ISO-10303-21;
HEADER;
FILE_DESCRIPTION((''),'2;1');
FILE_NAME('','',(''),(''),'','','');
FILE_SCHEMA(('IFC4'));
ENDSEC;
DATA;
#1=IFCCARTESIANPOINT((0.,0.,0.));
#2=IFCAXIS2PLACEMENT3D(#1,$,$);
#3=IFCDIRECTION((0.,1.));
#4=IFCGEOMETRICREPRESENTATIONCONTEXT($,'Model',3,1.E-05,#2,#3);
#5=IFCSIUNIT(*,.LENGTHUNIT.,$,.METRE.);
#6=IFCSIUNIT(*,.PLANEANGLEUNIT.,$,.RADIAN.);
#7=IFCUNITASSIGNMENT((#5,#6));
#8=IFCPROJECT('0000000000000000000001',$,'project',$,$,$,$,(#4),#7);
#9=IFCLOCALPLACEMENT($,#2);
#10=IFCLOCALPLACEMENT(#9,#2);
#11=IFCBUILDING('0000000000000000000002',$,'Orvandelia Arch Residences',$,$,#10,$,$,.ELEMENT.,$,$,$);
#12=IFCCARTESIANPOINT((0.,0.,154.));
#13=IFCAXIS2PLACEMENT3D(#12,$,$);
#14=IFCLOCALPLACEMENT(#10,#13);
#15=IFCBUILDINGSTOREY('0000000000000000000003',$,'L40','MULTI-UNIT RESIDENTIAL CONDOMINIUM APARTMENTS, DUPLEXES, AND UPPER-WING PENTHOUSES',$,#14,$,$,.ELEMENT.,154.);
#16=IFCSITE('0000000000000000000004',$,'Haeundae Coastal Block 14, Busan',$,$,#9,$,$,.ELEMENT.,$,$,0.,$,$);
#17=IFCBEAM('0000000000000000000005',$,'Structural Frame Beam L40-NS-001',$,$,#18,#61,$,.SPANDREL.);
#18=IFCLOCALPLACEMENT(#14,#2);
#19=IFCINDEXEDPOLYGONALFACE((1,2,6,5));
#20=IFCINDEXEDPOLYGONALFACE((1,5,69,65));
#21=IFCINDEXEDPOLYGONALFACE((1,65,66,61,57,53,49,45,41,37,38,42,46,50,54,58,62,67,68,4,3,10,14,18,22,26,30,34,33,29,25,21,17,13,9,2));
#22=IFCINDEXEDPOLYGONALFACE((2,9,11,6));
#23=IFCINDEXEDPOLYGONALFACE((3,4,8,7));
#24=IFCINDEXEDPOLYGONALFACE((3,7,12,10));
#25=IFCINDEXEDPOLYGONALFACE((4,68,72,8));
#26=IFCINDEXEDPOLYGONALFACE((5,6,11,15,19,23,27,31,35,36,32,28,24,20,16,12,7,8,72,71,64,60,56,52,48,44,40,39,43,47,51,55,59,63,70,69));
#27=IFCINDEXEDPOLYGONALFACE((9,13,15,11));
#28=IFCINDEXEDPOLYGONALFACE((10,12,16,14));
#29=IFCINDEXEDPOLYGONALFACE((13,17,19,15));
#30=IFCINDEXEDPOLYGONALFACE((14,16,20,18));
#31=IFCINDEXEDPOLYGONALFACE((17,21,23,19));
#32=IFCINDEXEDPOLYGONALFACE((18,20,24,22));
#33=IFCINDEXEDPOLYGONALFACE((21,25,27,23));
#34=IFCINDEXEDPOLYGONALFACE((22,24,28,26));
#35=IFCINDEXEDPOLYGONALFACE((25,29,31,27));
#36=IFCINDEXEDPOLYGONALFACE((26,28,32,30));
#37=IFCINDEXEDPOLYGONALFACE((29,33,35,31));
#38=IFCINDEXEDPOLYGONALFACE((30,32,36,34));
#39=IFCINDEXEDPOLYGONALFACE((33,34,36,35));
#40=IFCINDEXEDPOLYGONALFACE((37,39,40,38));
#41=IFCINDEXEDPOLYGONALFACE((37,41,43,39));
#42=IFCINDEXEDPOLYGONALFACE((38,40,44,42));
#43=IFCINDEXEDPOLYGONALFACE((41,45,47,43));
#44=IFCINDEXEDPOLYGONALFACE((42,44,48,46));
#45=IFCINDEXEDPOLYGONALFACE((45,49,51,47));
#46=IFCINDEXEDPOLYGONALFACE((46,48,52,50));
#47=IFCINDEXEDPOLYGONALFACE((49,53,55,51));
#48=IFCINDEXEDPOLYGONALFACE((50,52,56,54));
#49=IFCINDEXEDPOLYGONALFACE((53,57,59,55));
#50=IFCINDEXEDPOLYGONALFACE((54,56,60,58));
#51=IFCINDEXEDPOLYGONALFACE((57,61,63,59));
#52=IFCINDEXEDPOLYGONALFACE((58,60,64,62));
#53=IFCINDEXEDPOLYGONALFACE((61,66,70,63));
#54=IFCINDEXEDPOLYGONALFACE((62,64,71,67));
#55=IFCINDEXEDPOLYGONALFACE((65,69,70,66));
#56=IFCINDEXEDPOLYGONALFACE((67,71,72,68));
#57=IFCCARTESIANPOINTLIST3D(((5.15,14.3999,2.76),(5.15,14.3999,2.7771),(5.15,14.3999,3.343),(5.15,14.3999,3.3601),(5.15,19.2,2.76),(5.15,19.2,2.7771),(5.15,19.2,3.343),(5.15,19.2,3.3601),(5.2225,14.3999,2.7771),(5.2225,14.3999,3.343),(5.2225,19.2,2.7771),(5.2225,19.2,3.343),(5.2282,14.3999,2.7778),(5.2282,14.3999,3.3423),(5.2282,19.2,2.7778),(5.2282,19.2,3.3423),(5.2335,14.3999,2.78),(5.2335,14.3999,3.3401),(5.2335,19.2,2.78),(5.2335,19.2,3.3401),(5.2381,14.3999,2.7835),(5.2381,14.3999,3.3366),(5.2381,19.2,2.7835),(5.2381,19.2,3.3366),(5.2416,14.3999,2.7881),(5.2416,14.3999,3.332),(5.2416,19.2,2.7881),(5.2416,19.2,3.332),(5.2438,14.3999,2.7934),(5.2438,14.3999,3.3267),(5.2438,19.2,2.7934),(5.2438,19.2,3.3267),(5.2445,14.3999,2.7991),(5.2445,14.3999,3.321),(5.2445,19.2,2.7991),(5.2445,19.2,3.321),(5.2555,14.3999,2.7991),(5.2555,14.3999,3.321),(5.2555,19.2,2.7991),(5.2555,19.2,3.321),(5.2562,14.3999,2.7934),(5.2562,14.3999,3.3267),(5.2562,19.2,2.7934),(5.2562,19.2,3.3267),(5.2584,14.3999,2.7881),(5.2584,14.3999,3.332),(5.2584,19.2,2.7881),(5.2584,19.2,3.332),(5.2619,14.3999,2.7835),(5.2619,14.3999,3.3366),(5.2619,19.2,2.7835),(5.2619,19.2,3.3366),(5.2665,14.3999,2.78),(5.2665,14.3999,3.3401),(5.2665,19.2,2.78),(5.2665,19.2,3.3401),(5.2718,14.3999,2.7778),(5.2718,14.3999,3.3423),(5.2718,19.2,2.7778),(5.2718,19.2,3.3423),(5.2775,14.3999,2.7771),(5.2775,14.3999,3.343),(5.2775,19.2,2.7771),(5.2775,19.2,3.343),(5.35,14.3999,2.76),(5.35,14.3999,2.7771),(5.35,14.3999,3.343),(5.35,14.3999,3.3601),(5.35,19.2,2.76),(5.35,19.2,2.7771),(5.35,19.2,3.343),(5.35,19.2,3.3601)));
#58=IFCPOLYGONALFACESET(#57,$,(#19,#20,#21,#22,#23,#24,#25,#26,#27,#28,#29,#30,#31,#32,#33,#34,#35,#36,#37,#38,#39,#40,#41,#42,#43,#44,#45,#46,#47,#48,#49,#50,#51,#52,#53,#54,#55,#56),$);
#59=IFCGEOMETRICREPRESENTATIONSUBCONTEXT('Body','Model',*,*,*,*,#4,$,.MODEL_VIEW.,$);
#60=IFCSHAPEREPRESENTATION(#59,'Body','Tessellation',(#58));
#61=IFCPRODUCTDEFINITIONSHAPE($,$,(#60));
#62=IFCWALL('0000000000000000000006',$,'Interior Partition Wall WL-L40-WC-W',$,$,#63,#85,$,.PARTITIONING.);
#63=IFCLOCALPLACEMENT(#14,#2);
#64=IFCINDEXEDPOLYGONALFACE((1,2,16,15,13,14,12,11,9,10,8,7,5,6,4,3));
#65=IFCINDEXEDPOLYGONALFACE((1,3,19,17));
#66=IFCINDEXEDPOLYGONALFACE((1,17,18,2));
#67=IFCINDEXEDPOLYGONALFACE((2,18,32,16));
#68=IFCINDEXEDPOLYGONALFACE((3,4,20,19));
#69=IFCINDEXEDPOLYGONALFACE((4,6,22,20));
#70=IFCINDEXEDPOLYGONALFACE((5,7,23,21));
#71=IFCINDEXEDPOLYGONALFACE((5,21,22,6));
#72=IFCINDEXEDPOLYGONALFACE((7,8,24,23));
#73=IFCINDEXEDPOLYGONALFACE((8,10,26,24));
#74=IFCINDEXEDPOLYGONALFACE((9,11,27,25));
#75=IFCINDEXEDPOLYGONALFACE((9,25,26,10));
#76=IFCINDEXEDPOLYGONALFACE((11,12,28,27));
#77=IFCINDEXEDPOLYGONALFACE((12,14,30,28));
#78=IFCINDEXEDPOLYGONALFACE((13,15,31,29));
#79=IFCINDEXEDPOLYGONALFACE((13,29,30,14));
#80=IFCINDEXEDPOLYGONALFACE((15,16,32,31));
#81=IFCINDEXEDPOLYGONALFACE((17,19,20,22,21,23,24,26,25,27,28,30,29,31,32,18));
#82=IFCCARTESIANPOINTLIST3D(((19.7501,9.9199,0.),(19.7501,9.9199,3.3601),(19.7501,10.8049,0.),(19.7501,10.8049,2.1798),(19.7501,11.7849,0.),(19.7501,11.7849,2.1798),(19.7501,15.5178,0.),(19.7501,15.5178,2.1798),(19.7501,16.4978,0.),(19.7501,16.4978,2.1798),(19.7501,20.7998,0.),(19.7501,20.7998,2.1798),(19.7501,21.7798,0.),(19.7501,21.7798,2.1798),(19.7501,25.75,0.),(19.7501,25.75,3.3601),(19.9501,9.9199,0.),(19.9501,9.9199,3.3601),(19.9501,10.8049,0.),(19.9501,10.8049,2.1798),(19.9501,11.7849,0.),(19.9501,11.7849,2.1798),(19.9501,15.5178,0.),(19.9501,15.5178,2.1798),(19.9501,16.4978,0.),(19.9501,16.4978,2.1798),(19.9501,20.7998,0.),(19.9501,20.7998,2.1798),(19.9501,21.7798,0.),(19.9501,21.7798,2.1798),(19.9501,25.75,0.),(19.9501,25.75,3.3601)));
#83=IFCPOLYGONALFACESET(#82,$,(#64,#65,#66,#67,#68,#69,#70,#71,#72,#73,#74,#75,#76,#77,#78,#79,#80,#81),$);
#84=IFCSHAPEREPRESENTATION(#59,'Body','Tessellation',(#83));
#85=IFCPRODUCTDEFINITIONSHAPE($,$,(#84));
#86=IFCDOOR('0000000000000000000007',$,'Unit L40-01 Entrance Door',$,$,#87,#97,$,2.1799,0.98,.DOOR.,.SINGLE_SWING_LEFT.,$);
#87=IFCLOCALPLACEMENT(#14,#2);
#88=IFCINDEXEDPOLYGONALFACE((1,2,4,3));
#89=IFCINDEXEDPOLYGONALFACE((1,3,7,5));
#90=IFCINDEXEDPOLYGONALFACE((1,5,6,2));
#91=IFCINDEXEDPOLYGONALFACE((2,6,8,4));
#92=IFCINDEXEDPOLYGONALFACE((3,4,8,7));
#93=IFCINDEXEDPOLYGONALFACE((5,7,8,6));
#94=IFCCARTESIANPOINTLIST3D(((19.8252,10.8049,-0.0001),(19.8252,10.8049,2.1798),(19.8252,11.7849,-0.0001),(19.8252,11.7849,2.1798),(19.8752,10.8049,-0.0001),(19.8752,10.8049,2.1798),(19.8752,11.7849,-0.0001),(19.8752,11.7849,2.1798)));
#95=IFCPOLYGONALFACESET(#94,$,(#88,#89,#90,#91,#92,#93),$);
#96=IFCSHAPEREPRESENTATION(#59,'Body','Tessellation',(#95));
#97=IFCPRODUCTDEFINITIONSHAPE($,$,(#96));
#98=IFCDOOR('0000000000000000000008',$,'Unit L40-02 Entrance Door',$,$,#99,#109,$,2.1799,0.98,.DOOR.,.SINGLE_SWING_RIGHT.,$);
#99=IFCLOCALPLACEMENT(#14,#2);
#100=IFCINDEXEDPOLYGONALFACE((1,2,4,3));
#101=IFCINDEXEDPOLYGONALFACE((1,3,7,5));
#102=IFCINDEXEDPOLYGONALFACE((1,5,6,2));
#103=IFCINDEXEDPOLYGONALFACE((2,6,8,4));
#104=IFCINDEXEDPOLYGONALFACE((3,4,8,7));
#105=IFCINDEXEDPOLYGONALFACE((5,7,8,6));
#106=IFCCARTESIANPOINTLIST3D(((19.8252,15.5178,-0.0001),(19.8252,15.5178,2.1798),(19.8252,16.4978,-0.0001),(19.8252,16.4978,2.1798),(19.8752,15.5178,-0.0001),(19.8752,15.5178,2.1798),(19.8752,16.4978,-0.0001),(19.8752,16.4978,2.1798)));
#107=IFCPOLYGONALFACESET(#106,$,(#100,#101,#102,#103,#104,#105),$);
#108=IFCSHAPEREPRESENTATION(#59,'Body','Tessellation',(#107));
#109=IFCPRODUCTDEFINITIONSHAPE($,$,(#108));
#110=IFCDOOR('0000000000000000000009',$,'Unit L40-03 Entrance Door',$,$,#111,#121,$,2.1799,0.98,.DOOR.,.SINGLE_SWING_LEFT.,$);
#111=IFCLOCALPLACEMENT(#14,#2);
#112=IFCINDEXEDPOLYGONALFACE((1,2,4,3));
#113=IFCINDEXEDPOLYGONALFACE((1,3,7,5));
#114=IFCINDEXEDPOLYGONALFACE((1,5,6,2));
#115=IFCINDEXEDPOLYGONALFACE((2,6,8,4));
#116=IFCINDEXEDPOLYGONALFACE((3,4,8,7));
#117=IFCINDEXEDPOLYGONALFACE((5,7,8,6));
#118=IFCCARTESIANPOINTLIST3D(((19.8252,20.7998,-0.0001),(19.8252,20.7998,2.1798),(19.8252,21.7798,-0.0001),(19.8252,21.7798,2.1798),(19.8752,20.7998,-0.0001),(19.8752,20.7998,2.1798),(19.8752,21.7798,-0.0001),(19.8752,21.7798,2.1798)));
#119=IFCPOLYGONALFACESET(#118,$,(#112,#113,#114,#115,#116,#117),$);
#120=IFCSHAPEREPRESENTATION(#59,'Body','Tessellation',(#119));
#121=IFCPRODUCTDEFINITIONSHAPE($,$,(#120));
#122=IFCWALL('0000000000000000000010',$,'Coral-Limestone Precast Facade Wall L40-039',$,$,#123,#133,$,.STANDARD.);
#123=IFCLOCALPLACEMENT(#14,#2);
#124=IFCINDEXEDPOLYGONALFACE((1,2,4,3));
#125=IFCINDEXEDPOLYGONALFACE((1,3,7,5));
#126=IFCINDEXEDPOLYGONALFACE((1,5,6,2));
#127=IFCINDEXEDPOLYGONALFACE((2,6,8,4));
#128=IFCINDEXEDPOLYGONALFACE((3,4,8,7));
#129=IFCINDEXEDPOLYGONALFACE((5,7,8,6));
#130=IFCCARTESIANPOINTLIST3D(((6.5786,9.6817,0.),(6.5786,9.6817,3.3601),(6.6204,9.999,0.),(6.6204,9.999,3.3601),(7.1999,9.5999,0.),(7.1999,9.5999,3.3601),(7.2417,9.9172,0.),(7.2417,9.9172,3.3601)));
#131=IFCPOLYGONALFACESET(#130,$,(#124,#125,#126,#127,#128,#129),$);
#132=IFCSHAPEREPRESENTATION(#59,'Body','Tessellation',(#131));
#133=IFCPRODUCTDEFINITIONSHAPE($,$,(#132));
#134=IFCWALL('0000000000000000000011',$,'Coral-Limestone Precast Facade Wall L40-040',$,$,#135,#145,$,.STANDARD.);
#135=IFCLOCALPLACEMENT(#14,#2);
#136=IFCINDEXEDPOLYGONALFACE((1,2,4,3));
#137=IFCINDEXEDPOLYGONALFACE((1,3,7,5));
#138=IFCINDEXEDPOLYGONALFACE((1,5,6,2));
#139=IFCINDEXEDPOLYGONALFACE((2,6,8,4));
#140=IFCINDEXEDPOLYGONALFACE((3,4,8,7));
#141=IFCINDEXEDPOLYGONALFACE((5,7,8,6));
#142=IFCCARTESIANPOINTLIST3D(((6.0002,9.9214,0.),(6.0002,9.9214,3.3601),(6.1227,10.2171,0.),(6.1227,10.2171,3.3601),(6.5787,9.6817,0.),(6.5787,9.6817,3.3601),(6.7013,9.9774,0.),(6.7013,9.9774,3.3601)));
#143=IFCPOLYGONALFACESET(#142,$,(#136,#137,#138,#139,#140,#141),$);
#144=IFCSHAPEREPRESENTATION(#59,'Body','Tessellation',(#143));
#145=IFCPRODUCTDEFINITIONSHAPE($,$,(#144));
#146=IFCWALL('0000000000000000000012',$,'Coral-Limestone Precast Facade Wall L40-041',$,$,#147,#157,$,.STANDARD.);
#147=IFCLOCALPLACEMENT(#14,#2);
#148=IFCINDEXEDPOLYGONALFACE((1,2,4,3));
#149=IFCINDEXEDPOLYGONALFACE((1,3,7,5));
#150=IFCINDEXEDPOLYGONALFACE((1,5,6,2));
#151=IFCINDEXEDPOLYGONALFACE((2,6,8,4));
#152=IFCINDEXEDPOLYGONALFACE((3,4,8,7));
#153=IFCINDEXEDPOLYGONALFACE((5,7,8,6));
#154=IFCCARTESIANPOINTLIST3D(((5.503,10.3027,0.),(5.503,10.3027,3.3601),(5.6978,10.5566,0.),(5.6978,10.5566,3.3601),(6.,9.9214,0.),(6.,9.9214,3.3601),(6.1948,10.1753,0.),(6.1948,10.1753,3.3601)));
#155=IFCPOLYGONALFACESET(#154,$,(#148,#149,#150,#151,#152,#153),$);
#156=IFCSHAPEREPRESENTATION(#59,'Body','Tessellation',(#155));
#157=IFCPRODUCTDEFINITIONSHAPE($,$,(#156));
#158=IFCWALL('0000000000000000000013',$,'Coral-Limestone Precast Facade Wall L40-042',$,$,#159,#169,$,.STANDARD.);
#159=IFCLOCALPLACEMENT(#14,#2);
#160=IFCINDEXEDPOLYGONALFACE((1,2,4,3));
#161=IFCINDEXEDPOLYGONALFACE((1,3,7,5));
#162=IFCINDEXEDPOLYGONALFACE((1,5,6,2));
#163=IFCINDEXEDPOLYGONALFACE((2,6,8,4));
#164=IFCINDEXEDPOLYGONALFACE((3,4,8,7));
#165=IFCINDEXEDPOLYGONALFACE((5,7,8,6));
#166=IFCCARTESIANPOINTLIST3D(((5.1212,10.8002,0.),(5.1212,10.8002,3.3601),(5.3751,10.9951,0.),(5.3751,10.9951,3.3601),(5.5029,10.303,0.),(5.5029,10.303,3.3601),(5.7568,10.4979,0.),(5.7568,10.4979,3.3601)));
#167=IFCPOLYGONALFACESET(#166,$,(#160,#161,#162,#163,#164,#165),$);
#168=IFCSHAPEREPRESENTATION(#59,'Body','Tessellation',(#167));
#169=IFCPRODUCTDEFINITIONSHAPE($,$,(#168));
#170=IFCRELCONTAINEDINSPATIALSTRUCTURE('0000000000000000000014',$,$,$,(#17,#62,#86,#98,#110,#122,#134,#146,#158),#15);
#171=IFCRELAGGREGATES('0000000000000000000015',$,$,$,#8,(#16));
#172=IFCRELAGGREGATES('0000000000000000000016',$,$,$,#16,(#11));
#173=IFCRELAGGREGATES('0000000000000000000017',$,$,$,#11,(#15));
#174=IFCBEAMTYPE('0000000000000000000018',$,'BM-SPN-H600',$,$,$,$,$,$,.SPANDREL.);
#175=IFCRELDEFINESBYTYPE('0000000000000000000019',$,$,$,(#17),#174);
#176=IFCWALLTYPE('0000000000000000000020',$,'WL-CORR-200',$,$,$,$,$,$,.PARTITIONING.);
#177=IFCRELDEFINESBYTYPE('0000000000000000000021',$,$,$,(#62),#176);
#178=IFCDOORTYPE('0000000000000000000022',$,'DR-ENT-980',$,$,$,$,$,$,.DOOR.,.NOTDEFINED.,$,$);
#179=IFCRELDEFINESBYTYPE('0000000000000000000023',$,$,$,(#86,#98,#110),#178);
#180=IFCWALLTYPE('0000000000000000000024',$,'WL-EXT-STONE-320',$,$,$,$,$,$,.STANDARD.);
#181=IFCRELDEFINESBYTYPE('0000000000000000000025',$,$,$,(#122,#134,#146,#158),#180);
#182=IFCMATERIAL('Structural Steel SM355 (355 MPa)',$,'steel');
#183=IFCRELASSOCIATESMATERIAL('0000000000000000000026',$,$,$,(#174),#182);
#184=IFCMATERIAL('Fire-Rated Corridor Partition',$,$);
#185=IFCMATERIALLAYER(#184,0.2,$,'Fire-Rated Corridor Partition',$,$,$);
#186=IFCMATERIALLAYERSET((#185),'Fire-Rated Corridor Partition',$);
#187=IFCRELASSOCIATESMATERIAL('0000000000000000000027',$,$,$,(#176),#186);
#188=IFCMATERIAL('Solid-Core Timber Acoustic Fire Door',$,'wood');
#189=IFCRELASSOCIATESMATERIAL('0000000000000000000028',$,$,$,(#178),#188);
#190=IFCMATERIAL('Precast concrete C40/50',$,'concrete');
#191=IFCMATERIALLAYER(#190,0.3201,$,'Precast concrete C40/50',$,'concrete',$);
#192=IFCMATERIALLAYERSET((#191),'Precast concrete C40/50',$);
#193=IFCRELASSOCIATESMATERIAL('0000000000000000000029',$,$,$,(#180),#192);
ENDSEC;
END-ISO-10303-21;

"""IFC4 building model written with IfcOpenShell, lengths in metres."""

from ifc_helpers import new_model, si_unit, direction, frame, frame_2d, origin, origin_2d, place, context, subcontext, project, spatial, rectangle, i_section, extrude, material, layer, layer_set, material_profile, profile_set, type_object, element, fill, save


model = new_model("IFC4")

# Units and contexts
model_context = context("Model", 3, precision=1e-05, world=origin(), true_north=direction((0.0, 1.0)))
body_context = subcontext(model_context, "Body", "Model", "MODEL_VIEW")
ifc_project = project(units=[si_unit("LENGTHUNIT", "METRE"), si_unit("PLANEANGLEUNIT", "RADIAN")], contexts=[model_context])

# Site, building, storey
site_placement = place(None, origin())
site = spatial("IfcSite", under=ifc_project, at=site_placement, Name="Haeundae Coastal Block 14, Busan", CompositionType="ELEMENT", RefElevation=0.0)
building_placement = place(site_placement, origin())
building = spatial("IfcBuilding", under=site, at=building_placement, Name="Orvandelia Arch Residences", CompositionType="ELEMENT")
storey_placement = place(building_placement, frame((0.0, 0.0, 154.0)))
storey = spatial("IfcBuildingStorey", under=building, at=storey_placement, Name="L40", Description="MULTI-UNIT RESIDENTIAL CONDOMINIUM APARTMENTS, DUPLEXES, AND UPPER-WING PENTHOUSES", CompositionType="ELEMENT", Elevation=154.0)

# Beam
ifc_material_1 = material(Name="Structural Steel SM355 (355 MPa)", Category="steel")
ifc_material_profile_1 = material_profile(ifc_material_1, i_section(OverallWidth=0.2, OverallDepth=0.6001, WebThickness=0.011, FlangeThickness=0.0171, FilletRadius=0.022, at=origin_2d()), Name="Structural Steel SM355 (355 MPa)", Category="steel")
ifc_profile_set_1 = profile_set([ifc_material_profile_1], Name="Structural Steel SM355 (355 MPa)")
beam_type_1 = type_object("IfcBeamType", Name="BM-SPN-H600", PredefinedType="SPANDREL", material=ifc_profile_set_1)
beam_1_placement = place(storey_placement, frame((5.25, 14.3999, 3.0601), z_axis=(0.0, 1.0, 0.0), x_axis=(-1.0, 0.0, 0.0)))
element("IfcBeam", 1, at=beam_1_placement, inside=storey, type_object=beam_type_1, Name="Structural Frame Beam L40-NS-001", PredefinedType="SPANDREL", context=body_context, shape_type="SweptSolid", body=[
    extrude(i_section(OverallWidth=0.2, OverallDepth=0.6001, WebThickness=0.011, FlangeThickness=0.0171, FilletRadius=0.022, at=origin_2d()), origin(), (0.0, 0.0, 1.0), 4.8),
])

# Wall, openings, doors
ifc_material_2 = material(Name="Fire-Rated Corridor Partition")
ifc_layer_1 = layer(ifc_material_2, 0.2, Name="Fire-Rated Corridor Partition")
ifc_layer_set_1 = layer_set([ifc_layer_1], Name="Fire-Rated Corridor Partition")
wall_type_1 = type_object("IfcWallType", Name="WL-CORR-200", PredefinedType="PARTITIONING", material=ifc_layer_set_1)
wall_1_placement = place(storey_placement, frame((19.8501, 9.9199, 0.0), z_axis=(0.0, 0.0, 1.0), x_axis=(0.0, 1.0, 0.0)))
wall_1 = element("IfcWall", 2, at=wall_1_placement, inside=storey, type_object=wall_type_1, Name="Interior Partition Wall WL-L40-WC-W", PredefinedType="PARTITIONING", context=body_context, shape_type="SweptSolid", body=[
    extrude(rectangle(XDim=15.8301, YDim=0.2, at=frame_2d((7.915, 0.0))), origin(), (0.0, 0.0, 1.0), 3.3601),
])
opening_1_placement = place(wall_1_placement, frame((0.885, 0.0, 0.0)))
opening_1 = element("IfcOpeningElement", 3, at=opening_1_placement, cuts=wall_1, PredefinedType="OPENING", context=body_context, shape_type="SweptSolid", body=[
    extrude(rectangle(XDim=0.98, YDim=2.1799, at=frame_2d((0.49, 1.0898))), frame((0.0, 0.1099, 0.0), z_axis=(0.0, -1.0, 0.0), x_axis=(1.0, 0.0, 0.0)), (0.0, 0.0, 1.0), 0.22),
])
opening_2_placement = place(wall_1_placement, frame((5.5979, 0.0, 0.0)))
opening_2 = element("IfcOpeningElement", 4, at=opening_2_placement, cuts=wall_1, PredefinedType="OPENING", context=body_context, shape_type="SweptSolid", body=[
    extrude(rectangle(XDim=0.98, YDim=2.1799, at=frame_2d((0.49, 1.0898))), frame((0.0, 0.1099, 0.0), z_axis=(0.0, -1.0, 0.0), x_axis=(1.0, 0.0, 0.0)), (0.0, 0.0, 1.0), 0.22),
])
opening_3_placement = place(wall_1_placement, frame((10.8799, 0.0, 0.0)))
opening_3 = element("IfcOpeningElement", 5, at=opening_3_placement, cuts=wall_1, PredefinedType="OPENING", context=body_context, shape_type="SweptSolid", body=[
    extrude(rectangle(XDim=0.98, YDim=2.1799, at=frame_2d((0.49, 1.0898))), frame((0.0, 0.1099, 0.0), z_axis=(0.0, -1.0, 0.0), x_axis=(1.0, 0.0, 0.0)), (0.0, 0.0, 1.0), 0.22),
])
ifc_material_3 = material(Name="Solid-Core Timber Acoustic Fire Door", Category="wood")
door_type = type_object("IfcDoorType", Name="DR-ENT-980", OperationType="NOTDEFINED", PredefinedType="DOOR", material=ifc_material_3)
door_1_placement = place(opening_1_placement, origin())
door_1 = element("IfcDoor", 6, at=door_1_placement, inside=storey, type_object=door_type, Name="Unit L40-01 Entrance Door", OperationType="SINGLE_SWING_LEFT", OverallHeight=2.1799, OverallWidth=0.98, PredefinedType="DOOR", context=body_context, shape_type="SweptSolid", body=[
    extrude(rectangle(XDim=0.98, YDim=2.1799, at=frame_2d((0.49, 1.0898))), frame((0.0, 0.0249, 0.0), z_axis=(0.0, -1.0, 0.0), x_axis=(1.0, 0.0, 0.0)), (0.0, 0.0, 1.0), 0.05),
])
fill(opening_1, door_1)
door_2_placement = place(opening_2_placement, origin())
door_2 = element("IfcDoor", 7, at=door_2_placement, inside=storey, type_object=door_type, Name="Unit L40-02 Entrance Door", OperationType="SINGLE_SWING_RIGHT", OverallHeight=2.1799, OverallWidth=0.98, PredefinedType="DOOR", context=body_context, shape_type="SweptSolid", body=[
    extrude(rectangle(XDim=0.98, YDim=2.1799, at=frame_2d((0.49, 1.0898))), frame((0.0, 0.0249, 0.0), z_axis=(0.0, -1.0, 0.0), x_axis=(1.0, 0.0, 0.0)), (0.0, 0.0, 1.0), 0.05),
])
fill(opening_2, door_2)
door_3_placement = place(opening_3_placement, origin())
door_3 = element("IfcDoor", 8, at=door_3_placement, inside=storey, type_object=door_type, Name="Unit L40-03 Entrance Door", OperationType="SINGLE_SWING_LEFT", OverallHeight=2.1799, OverallWidth=0.98, PredefinedType="DOOR", context=body_context, shape_type="SweptSolid", body=[
    extrude(rectangle(XDim=0.98, YDim=2.1799, at=frame_2d((0.49, 1.0898))), frame((0.0, 0.0249, 0.0), z_axis=(0.0, -1.0, 0.0), x_axis=(1.0, 0.0, 0.0)), (0.0, 0.0, 1.0), 0.05),
])
fill(opening_3, door_3)

# Walls
ifc_material_4 = material(Name="Precast concrete C40/50", Category="concrete")
ifc_layer_2 = layer(ifc_material_4, 0.3201, Name="Precast concrete C40/50", Category="concrete")
ifc_layer_set_2 = layer_set([ifc_layer_2], Name="Precast concrete C40/50")
wall_type_2 = type_object("IfcWallType", Name="WL-EXT-STONE-320", PredefinedType="STANDARD", material=ifc_layer_set_2)
wall_2_placement = place(storey_placement, frame((7.2209, 9.7585, 0.0), z_axis=(0.0, 0.0, 1.0), x_axis=(-0.991448, 0.130505, 0.0)))
element("IfcWall", 9, at=wall_2_placement, inside=storey, type_object=wall_type_2, Name="Coral-Limestone Precast Facade Wall L40-039", PredefinedType="STANDARD", context=body_context, shape_type="SweptSolid", body=[
    extrude(rectangle(XDim=0.6267, YDim=0.3201, at=frame_2d((0.3135, 0.0))), origin(), (0.0, 0.0, 1.0), 3.3601),
])
wall_3_placement = place(storey_placement, frame((6.6399, 9.8296, 0.0), z_axis=(0.0, 0.0, 1.0), x_axis=(-0.923836, 0.382788, 0.0)))
element("IfcWall", 10, at=wall_3_placement, inside=storey, type_object=wall_type_2, Name="Coral-Limestone Precast Facade Wall L40-040", PredefinedType="STANDARD", context=body_context, shape_type="SweptSolid", body=[
    extrude(rectangle(XDim=0.6262, YDim=0.3201, at=frame_2d((0.313, 0.0))), origin(), (0.0, 0.0, 1.0), 3.3601),
])
wall_4_placement = place(storey_placement, frame((6.0974, 10.0483, 0.0), z_axis=(0.0, 0.0, 1.0), x_axis=(-0.793406, 0.608693, 0.0)))
element("IfcWall", 11, at=wall_4_placement, inside=storey, type_object=wall_type_2, Name="Coral-Limestone Precast Facade Wall L40-041", PredefinedType="STANDARD", context=body_context, shape_type="SweptSolid", body=[
    extrude(rectangle(XDim=0.6265, YDim=0.3201, at=frame_2d((0.3132, 0.0))), origin(), (0.0, 0.0, 1.0), 3.3601),
])
wall_5_placement = place(storey_placement, frame((5.6299, 10.4004, 0.0), z_axis=(0.0, 0.0, 1.0), x_axis=(-0.608939, 0.793217, 0.0)))
element("IfcWall", 12, at=wall_5_placement, inside=storey, type_object=wall_type_2, Name="Coral-Limestone Precast Facade Wall L40-042", PredefinedType="STANDARD", context=body_context, shape_type="SweptSolid", body=[
    extrude(rectangle(XDim=0.6267, YDim=0.3201, at=frame_2d((0.3135, 0.0))), origin(), (0.0, 0.0, 1.0), 3.3601),
])

save(model, "model.ifc")
